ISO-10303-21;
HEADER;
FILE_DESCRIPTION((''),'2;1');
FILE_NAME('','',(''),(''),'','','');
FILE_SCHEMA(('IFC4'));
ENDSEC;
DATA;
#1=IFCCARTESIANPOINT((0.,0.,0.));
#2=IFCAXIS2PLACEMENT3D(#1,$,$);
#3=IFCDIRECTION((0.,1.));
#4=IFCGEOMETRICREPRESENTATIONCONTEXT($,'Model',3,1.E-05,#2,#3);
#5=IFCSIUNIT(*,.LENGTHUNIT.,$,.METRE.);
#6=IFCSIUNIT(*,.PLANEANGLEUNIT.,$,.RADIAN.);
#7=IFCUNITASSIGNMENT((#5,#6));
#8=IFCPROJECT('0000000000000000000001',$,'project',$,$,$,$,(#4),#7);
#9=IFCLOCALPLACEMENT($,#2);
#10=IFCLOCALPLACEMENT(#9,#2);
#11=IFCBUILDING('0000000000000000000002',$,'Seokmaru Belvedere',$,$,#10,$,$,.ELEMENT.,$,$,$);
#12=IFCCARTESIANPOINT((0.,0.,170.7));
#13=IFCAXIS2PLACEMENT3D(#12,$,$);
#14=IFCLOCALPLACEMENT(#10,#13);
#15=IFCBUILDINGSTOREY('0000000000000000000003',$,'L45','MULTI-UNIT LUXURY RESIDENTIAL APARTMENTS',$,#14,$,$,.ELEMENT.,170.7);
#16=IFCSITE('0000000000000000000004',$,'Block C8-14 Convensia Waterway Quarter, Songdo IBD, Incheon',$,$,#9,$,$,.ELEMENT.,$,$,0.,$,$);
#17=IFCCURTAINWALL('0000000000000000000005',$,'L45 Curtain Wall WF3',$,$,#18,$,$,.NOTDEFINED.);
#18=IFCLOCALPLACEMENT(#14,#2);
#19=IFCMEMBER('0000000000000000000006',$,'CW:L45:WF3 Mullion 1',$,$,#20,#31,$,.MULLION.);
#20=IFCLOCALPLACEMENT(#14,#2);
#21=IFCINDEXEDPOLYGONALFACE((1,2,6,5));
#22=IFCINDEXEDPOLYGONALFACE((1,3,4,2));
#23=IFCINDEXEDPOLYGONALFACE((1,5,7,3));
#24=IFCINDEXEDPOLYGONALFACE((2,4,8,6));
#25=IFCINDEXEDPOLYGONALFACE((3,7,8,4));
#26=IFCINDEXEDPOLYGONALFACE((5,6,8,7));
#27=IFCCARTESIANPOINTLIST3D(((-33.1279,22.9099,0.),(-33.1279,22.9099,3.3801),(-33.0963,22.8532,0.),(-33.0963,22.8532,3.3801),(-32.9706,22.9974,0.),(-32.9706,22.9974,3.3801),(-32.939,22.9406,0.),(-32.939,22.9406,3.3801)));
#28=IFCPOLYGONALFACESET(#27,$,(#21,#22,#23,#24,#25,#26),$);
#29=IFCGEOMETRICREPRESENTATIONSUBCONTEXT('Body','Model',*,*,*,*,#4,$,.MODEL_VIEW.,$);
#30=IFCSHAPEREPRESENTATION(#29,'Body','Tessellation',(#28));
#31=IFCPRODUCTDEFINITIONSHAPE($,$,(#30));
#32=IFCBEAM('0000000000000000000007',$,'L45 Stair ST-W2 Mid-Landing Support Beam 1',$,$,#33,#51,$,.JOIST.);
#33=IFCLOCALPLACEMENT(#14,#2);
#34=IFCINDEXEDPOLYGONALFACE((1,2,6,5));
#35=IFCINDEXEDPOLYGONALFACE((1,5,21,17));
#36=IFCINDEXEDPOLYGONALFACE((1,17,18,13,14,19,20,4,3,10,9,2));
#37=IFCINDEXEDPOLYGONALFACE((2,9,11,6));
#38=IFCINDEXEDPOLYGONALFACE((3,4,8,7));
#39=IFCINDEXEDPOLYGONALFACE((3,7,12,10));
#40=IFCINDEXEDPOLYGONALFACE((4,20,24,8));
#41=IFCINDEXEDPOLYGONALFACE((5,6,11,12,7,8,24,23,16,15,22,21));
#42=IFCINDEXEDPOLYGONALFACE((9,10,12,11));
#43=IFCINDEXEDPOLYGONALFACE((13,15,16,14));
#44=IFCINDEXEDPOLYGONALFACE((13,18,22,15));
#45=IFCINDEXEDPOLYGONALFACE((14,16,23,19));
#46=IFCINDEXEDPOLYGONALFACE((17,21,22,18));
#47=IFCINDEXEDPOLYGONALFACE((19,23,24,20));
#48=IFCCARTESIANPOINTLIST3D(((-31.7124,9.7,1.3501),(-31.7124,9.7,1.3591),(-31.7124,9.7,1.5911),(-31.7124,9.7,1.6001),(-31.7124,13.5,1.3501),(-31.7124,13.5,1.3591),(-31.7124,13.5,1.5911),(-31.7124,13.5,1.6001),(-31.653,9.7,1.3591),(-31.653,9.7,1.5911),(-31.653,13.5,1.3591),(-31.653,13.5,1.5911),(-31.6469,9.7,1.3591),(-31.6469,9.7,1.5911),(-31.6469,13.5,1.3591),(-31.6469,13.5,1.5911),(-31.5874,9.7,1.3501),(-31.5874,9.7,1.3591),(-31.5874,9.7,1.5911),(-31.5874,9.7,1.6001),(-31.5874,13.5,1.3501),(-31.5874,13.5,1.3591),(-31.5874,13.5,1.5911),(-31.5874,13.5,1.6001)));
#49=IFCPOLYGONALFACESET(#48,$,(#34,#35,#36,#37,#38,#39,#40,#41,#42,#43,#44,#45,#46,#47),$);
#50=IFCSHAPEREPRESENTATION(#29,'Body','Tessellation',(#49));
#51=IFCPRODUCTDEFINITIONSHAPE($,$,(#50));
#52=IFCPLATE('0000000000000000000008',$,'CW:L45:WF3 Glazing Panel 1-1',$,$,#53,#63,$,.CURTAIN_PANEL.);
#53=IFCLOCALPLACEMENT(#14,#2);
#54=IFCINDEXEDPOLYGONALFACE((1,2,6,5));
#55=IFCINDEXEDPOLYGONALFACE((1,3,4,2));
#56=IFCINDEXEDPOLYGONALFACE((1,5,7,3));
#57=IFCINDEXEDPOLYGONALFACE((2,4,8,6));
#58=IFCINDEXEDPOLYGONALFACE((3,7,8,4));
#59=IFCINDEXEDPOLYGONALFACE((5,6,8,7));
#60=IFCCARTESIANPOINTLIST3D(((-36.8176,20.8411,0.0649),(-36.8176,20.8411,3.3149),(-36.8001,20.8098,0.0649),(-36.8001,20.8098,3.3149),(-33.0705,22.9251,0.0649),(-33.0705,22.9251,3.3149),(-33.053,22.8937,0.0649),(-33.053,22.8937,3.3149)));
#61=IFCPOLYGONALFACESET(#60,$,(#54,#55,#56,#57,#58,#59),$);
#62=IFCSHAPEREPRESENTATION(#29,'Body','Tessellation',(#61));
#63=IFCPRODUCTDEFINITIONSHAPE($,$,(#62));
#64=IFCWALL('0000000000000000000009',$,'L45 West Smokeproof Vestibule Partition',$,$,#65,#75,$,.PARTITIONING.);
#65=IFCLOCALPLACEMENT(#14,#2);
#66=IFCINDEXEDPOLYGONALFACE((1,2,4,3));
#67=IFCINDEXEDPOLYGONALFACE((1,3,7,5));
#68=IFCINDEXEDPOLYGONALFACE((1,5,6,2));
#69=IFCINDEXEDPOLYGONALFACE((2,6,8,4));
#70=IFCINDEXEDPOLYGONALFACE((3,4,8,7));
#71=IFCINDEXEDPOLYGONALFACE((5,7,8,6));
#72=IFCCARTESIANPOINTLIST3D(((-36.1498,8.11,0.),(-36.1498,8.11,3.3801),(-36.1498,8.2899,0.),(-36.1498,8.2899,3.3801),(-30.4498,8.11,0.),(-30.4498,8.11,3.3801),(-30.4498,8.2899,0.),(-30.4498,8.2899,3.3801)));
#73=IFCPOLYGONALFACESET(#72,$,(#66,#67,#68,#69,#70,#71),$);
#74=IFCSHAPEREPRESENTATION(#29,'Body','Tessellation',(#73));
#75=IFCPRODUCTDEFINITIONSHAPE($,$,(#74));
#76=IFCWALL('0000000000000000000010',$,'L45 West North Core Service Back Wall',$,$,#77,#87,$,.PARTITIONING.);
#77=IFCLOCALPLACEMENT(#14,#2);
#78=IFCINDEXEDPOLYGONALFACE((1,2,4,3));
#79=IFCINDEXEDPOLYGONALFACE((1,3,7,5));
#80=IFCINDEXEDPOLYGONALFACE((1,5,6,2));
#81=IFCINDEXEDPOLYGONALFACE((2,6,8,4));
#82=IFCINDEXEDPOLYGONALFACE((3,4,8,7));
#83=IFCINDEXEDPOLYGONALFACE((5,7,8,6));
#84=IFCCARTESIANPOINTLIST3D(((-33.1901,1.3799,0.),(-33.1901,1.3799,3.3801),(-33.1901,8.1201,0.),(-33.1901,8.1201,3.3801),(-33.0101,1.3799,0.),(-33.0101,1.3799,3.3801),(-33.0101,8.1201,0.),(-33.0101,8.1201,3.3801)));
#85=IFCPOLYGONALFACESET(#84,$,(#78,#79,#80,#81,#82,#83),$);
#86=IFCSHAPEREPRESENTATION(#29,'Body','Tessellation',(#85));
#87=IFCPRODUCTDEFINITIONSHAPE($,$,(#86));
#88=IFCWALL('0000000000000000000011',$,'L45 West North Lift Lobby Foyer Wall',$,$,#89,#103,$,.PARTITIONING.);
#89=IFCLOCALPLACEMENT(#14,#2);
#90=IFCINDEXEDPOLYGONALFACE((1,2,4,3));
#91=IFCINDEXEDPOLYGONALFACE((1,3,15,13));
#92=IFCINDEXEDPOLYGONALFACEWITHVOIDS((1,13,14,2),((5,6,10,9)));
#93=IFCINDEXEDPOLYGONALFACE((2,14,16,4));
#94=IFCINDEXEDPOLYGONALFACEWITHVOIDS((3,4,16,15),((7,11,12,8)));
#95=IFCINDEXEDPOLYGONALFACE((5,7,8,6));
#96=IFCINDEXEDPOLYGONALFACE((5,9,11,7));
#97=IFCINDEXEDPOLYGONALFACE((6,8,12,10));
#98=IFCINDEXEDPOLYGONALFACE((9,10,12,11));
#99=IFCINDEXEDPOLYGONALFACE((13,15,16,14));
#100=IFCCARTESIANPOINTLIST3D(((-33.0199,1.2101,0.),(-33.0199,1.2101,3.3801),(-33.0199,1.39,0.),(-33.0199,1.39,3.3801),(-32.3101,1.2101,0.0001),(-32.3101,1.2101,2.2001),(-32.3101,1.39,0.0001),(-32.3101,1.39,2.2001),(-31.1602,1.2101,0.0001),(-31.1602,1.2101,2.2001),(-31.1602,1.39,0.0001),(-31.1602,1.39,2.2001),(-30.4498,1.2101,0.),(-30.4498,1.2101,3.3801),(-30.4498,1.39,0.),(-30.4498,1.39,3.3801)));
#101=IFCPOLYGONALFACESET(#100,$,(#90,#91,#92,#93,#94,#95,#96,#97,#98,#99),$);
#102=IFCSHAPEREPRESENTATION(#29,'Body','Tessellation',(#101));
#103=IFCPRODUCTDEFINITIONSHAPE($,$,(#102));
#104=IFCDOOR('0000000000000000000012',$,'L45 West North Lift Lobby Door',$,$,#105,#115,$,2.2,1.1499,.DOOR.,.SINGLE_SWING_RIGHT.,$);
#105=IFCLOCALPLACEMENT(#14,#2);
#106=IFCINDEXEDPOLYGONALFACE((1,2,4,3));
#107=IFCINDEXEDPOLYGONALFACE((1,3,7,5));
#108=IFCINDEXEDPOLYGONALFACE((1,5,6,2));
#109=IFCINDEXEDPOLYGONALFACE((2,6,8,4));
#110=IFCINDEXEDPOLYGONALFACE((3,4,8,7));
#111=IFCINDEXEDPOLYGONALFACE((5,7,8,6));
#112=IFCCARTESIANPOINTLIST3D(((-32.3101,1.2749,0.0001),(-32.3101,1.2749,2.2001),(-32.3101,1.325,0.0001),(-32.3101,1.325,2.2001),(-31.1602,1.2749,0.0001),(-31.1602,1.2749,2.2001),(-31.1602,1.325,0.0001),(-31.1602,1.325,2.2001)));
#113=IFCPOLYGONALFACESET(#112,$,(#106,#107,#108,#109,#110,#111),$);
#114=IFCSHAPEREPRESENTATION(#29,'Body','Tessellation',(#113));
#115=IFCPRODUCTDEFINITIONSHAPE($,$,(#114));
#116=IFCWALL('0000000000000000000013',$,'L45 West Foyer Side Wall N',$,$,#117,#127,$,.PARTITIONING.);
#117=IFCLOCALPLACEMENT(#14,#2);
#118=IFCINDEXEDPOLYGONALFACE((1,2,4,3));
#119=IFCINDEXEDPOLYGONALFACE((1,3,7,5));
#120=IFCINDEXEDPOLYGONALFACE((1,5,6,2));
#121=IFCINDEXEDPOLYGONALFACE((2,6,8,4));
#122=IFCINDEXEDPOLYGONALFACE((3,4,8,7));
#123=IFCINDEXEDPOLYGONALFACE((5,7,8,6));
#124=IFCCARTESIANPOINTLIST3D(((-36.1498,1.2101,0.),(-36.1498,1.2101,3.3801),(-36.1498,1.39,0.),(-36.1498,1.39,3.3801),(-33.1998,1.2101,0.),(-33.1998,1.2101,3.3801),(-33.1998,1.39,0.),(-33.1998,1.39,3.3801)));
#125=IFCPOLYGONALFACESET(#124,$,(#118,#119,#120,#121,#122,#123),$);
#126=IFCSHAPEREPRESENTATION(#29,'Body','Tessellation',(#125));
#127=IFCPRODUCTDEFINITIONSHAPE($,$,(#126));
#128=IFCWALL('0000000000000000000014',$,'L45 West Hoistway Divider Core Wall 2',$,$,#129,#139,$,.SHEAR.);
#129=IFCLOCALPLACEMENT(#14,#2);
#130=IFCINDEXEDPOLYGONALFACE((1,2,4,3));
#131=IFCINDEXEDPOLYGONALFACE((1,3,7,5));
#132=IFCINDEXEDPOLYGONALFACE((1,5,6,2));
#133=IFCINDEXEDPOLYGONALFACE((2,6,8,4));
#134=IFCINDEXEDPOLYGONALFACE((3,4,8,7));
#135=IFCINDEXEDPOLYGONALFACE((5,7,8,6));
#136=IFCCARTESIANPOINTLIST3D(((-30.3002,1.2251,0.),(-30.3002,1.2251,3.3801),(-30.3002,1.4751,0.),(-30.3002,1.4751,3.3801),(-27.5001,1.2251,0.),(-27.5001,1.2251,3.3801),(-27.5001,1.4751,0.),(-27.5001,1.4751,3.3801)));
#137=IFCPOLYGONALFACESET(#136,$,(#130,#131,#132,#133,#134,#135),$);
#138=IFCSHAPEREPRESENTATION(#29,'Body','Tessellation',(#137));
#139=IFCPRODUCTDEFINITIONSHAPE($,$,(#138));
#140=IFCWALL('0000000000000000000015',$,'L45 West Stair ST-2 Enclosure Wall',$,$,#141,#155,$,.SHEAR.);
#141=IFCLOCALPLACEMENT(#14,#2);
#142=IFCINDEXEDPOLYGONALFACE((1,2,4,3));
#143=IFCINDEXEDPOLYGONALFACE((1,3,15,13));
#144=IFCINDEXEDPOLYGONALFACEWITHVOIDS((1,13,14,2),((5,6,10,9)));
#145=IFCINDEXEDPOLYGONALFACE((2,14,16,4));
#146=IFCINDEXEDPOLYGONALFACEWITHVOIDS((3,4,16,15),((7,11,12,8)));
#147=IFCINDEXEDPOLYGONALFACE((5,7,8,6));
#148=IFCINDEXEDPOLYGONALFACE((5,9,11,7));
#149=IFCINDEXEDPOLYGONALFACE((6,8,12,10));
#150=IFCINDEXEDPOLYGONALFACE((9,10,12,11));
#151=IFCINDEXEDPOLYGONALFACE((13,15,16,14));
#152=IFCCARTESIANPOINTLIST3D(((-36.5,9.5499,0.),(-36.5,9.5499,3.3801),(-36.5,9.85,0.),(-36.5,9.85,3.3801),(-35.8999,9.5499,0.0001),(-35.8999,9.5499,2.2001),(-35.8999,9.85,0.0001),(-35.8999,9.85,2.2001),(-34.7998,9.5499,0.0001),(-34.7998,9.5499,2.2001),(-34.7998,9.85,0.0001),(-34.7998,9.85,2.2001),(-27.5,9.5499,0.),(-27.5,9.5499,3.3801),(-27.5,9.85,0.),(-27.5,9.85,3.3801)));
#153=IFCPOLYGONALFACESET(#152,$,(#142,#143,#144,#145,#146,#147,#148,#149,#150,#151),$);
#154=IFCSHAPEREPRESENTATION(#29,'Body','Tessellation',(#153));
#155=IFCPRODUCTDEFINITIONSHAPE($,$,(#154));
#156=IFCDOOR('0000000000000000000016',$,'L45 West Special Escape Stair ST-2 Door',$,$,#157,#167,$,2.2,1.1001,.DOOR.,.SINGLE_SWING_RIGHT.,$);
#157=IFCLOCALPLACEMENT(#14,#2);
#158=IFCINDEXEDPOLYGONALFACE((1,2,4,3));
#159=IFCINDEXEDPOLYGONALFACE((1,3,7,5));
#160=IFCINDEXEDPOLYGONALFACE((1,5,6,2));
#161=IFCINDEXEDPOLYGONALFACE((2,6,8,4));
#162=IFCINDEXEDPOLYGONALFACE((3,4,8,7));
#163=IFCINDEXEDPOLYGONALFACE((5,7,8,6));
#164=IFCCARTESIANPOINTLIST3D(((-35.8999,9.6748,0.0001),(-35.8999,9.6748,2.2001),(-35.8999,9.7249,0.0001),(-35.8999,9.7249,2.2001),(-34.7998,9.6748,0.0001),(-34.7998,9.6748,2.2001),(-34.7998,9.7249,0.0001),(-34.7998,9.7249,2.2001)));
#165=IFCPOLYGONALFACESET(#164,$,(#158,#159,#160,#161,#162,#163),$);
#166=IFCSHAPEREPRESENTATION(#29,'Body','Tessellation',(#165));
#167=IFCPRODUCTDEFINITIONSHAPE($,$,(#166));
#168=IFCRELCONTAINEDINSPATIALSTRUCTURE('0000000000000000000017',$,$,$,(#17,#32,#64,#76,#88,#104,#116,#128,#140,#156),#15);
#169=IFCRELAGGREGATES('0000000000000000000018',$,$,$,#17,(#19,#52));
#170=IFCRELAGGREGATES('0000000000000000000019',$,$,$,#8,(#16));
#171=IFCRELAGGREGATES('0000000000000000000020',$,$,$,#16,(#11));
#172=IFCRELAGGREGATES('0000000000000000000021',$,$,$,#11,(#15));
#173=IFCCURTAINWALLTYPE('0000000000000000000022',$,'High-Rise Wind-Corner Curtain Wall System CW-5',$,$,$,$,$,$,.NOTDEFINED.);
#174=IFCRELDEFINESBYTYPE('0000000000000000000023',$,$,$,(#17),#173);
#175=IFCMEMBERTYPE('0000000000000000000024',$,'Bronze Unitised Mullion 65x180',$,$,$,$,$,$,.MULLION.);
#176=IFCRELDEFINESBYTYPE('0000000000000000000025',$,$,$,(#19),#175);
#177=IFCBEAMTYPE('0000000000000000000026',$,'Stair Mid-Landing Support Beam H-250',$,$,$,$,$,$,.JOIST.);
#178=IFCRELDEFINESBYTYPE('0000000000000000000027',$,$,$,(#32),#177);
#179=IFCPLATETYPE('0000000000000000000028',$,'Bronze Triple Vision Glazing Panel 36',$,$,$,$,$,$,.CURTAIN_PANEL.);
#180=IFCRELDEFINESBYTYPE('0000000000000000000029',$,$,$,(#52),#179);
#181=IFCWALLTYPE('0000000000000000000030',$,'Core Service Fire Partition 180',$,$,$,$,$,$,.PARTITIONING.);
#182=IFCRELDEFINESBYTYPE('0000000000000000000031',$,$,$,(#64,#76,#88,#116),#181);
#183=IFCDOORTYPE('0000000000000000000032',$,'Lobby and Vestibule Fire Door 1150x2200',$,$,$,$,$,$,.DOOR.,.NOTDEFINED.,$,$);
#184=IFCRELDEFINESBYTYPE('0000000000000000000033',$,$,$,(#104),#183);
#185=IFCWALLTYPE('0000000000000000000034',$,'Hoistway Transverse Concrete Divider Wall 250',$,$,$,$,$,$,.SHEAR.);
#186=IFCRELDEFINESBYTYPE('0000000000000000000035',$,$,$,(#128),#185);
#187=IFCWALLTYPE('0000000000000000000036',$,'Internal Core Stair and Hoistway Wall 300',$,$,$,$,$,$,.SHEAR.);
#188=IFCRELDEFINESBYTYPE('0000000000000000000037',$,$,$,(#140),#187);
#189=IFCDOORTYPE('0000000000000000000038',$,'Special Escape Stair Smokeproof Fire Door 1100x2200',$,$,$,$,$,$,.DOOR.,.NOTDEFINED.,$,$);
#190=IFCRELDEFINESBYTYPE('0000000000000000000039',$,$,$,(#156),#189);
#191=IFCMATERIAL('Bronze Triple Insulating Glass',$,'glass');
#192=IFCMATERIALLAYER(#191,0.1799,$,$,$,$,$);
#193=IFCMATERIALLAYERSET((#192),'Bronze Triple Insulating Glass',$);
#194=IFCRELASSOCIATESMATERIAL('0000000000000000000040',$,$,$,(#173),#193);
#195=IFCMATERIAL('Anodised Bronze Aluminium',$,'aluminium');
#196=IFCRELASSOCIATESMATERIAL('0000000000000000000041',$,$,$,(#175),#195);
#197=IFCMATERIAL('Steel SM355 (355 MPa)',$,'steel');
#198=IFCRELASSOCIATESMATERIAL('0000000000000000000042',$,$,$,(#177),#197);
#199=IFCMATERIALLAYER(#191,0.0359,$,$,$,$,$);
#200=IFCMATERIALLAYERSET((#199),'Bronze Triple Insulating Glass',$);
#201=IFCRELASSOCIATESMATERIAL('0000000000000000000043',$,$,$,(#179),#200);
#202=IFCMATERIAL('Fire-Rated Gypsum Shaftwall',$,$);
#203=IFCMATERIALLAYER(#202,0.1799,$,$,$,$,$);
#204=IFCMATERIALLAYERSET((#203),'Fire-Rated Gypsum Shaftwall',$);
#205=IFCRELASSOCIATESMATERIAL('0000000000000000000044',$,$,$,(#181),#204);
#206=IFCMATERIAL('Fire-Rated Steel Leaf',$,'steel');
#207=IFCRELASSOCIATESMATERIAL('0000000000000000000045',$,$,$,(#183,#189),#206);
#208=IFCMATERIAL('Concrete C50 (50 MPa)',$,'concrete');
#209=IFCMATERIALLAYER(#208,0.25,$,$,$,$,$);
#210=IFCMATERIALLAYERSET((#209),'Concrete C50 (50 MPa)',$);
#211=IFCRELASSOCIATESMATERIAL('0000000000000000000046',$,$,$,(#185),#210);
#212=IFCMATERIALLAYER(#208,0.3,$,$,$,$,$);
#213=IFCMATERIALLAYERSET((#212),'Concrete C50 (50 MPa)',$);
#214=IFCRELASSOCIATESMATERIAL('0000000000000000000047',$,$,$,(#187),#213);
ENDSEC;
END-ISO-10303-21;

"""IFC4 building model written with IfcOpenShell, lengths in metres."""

from ifc_helpers import new_model, si_unit, direction, frame, frame_2d, origin, origin_2d, place, context, subcontext, project, spatial, rectangle, i_section, extrude, source, transform, mapped, material, layer, layer_set, material_profile, profile_set, type_object, type_shapes, element, fill, aggregate, save


model = new_model("IFC4")

# Units and contexts
model_context = context("Model", 3, precision=1e-05, world=origin(), true_north=direction((0.0, 1.0)))
body_context = subcontext(model_context, "Body", "Model", "MODEL_VIEW")
ifc_project = project(units=[si_unit("LENGTHUNIT", "METRE"), si_unit("PLANEANGLEUNIT", "RADIAN")], contexts=[model_context])

# Site, building, storey
site_placement = place(None, origin())
site = spatial("IfcSite", under=ifc_project, at=site_placement, Name="Block C8-14 Convensia Waterway Quarter, Songdo IBD, Incheon", CompositionType="ELEMENT", RefElevation=0.0)
building_placement = place(site_placement, origin())
building = spatial("IfcBuilding", under=site, at=building_placement, Name="Seokmaru Belvedere", CompositionType="ELEMENT")
storey_placement = place(building_placement, frame((0.0, 0.0, 170.7)))
storey = spatial("IfcBuildingStorey", under=building, at=storey_placement, Name="L45", Description="MULTI-UNIT LUXURY RESIDENTIAL APARTMENTS", CompositionType="ELEMENT", Elevation=170.7)

# Shared definitions
ifc_material_1 = material(Name="Steel SM355 (355 MPa)", Category="steel")

# Curtain wall
ifc_material_2 = material(Name="Bronze Triple Insulating Glass", Category="glass")
ifc_layer_1 = layer(ifc_material_2, 0.1799)
ifc_layer_set_1 = layer_set([ifc_layer_1], Name="Bronze Triple Insulating Glass")
curtain_wall_type = type_object("IfcCurtainWallType", Name="High-Rise Wind-Corner Curtain Wall System CW-5", PredefinedType="NOTDEFINED", material=ifc_layer_set_1)
curtain_wall_1_placement = place(storey_placement, origin())
curtain_wall_1 = element("IfcCurtainWall", 1, at=curtain_wall_1_placement, inside=storey, type_object=curtain_wall_type, Name="L45 Curtain Wall WF3", PredefinedType="NOTDEFINED")
ifc_material_3 = material(Name="Anodised Bronze Aluminium", Category="aluminium")

# Shared definitions
ifc_material_profile_1 = material_profile(ifc_material_3, rectangle(XDim=0.0649, YDim=0.1799, at=origin_2d()), Name="CW-M-65x180")
ifc_profile_set_1 = profile_set([ifc_material_profile_1], Name="Anodised Bronze Aluminium")
member_type_1 = type_object("IfcMemberType", Name="Bronze Unitised Mullion 65x180", PredefinedType="MULLION", material=ifc_profile_set_1)
shared_shape_1 = source(origin(), body_context, "Body", "SweptSolid", [
    extrude(rectangle(XDim=0.0649, YDim=0.1799, at=origin_2d()), origin(), (0.0, 0.0, 1.0), 3.3801),
])
type_shapes(member_type_1, [shared_shape_1])

# Member
member_1_placement = place(storey_placement, frame((-33.0334, 22.9253, 0.0), z_axis=(0.0, 0.0, 1.0), x_axis=(0.486047, -0.873933, 0.0)))
member_1 = element("IfcMember", 2, at=member_1_placement, type_object=member_type_1, Name="CW:L45:WF3 Mullion 1", PredefinedType="MULLION", context=body_context, shape_type="MappedRepresentation", body=[
    mapped(shared_shape_1, transform((0.0, 0.0, 0.0), scale=1.0)),
])

# Beam
ifc_material_profile_2 = material_profile(ifc_material_1, i_section(OverallWidth=0.125, OverallDepth=0.25, WebThickness=0.0061, FlangeThickness=0.009, at=origin_2d()), Name="H-250x125x6x9")
ifc_profile_set_2 = profile_set([ifc_material_profile_2], Name="Steel SM355 (355 MPa)")
beam_type_1 = type_object("IfcBeamType", Name="Stair Mid-Landing Support Beam H-250", PredefinedType="JOIST", material=ifc_profile_set_2)
shared_shape_2 = source(origin(), body_context, "Body", "SweptSolid", [
    extrude(i_section(OverallWidth=0.125, OverallDepth=0.25, WebThickness=0.0061, FlangeThickness=0.009, at=origin_2d()), origin(), (0.0, 0.0, 1.0), 3.8),
])
type_shapes(beam_type_1, [shared_shape_2])
beam_1_placement = place(storey_placement, frame((-31.6499, 9.7, 1.4751), z_axis=(0.0, 1.0, 0.0), x_axis=(-1.0, 0.0, 0.0)))
element("IfcBeam", 3, at=beam_1_placement, inside=storey, type_object=beam_type_1, Name="L45 Stair ST-W2 Mid-Landing Support Beam 1", PredefinedType="JOIST", context=body_context, shape_type="MappedRepresentation", body=[
    mapped(shared_shape_2, transform((0.0, 0.0, 0.0), scale=1.0)),
])

# Plate
ifc_layer_2 = layer(ifc_material_2, 0.0359)
ifc_layer_set_2 = layer_set([ifc_layer_2], Name="Bronze Triple Insulating Glass")
plate_type = type_object("IfcPlateType", Name="Bronze Triple Vision Glazing Panel 36", PredefinedType="CURTAIN_PANEL", material=ifc_layer_set_2)
shared_shape_3 = source(origin(), body_context, "Body", "SweptSolid", [
    extrude(rectangle(XDim=4.2876, YDim=0.0359, at=origin_2d()), origin(), (0.0, 0.0, 1.0), 3.25),
])
type_shapes(plate_type, [shared_shape_3])
plate_placement = place(storey_placement, frame((-34.9353, 21.8674, 0.0649), z_axis=(0.0, 0.0, 1.0), x_axis=(-0.873933, -0.486047, 0.0)))
plate = element("IfcPlate", 4, at=plate_placement, type_object=plate_type, Name="CW:L45:WF3 Glazing Panel 1-1", PredefinedType="CURTAIN_PANEL", context=body_context, shape_type="MappedRepresentation", body=[
    mapped(shared_shape_3, transform((0.0, 0.0, 0.0), scale=1.0)),
])
aggregate(curtain_wall_1, [member_1, plate])

# Walls
ifc_material_4 = material(Name="Fire-Rated Gypsum Shaftwall")
ifc_layer_3 = layer(ifc_material_4, 0.1799)
ifc_layer_set_3 = layer_set([ifc_layer_3], Name="Fire-Rated Gypsum Shaftwall")
wall_type_1 = type_object("IfcWallType", Name="Core Service Fire Partition 180", PredefinedType="PARTITIONING", material=ifc_layer_set_3)
wall_1_placement = place(storey_placement, frame((-36.1499, 8.2, 0.0), z_axis=(0.0, 0.0, 1.0), x_axis=(1.0, 0.0, 0.0)))
element("IfcWall", 5, at=wall_1_placement, inside=storey, type_object=wall_type_1, Name="L45 West Smokeproof Vestibule Partition", PredefinedType="PARTITIONING", context=body_context, shape_type="SweptSolid", body=[
    extrude(rectangle(XDim=5.7, YDim=0.1799, at=frame_2d((2.8501, 0.0))), origin(), (0.0, 0.0, 1.0), 3.3801),
])
wall_2_placement = place(storey_placement, frame((-33.1001, 1.3799, 0.0), z_axis=(0.0, 0.0, 1.0), x_axis=(0.0, 1.0, 0.0)))
element("IfcWall", 6, at=wall_2_placement, inside=storey, type_object=wall_type_1, Name="L45 West North Core Service Back Wall", PredefinedType="PARTITIONING", context=body_context, shape_type="SweptSolid", body=[
    extrude(rectangle(XDim=6.7402, YDim=0.1799, at=frame_2d((3.3701, 0.0))), origin(), (0.0, 0.0, 1.0), 3.3801),
])

# Wall, opening, door
wall_3_placement = place(storey_placement, frame((-33.02, 1.3, 0.0), z_axis=(0.0, 0.0, 1.0), x_axis=(1.0, 0.0, 0.0)))
wall_3 = element("IfcWall", 7, at=wall_3_placement, inside=storey, type_object=wall_type_1, Name="L45 West North Lift Lobby Foyer Wall", PredefinedType="PARTITIONING", context=body_context, shape_type="SweptSolid", body=[
    extrude(rectangle(XDim=2.5701, YDim=0.1799, at=frame_2d((1.2852, 0.0))), origin(), (0.0, 0.0, 1.0), 3.3801),
])
opening_1_placement = place(wall_3_placement, frame((0.71, 0.0, 0.0)))
opening_1 = element("IfcOpeningElement", 8, at=opening_1_placement, cuts=wall_3, PredefinedType="OPENING", context=body_context, shape_type="SweptSolid", body=[
    extrude(rectangle(XDim=1.1499, YDim=2.2, at=frame_2d((0.575, 1.1001))), frame((0.0, 0.1001, 0.0), z_axis=(0.0, -1.0, 0.0), x_axis=(1.0, 0.0, 0.0)), (0.0, 0.0, 1.0), 0.2),
])
ifc_material_5 = material(Name="Fire-Rated Steel Leaf", Category="steel")
door_type_1 = type_object("IfcDoorType", Name="Lobby and Vestibule Fire Door 1150x2200", OperationType="NOTDEFINED", PredefinedType="DOOR", material=ifc_material_5)
shared_shape_4 = source(origin(), body_context, "Body", "SweptSolid", [
    extrude(rectangle(XDim=1.1499, YDim=2.2, at=frame_2d((0.575, 1.1001))), frame((0.0, 0.0249, 0.0), z_axis=(0.0, -1.0, 0.0), x_axis=(1.0, 0.0, 0.0)), (0.0, 0.0, 1.0), 0.05),
])
type_shapes(door_type_1, [shared_shape_4])
door_1_placement = place(opening_1_placement, origin())
door_1 = element("IfcDoor", 9, at=door_1_placement, inside=storey, type_object=door_type_1, Name="L45 West North Lift Lobby Door", OperationType="SINGLE_SWING_RIGHT", OverallHeight=2.2, OverallWidth=1.1499, PredefinedType="DOOR", context=body_context, shape_type="MappedRepresentation", body=[
    mapped(shared_shape_4, transform((0.0, 0.0, 0.0), scale=1.0)),
])
fill(opening_1, door_1)

# Walls
wall_4_placement = place(storey_placement, frame((-36.1499, 1.3, 0.0), z_axis=(0.0, 0.0, 1.0), x_axis=(1.0, 0.0, 0.0)))
element("IfcWall", 10, at=wall_4_placement, inside=storey, type_object=wall_type_1, Name="L45 West Foyer Side Wall N", PredefinedType="PARTITIONING", context=body_context, shape_type="SweptSolid", body=[
    extrude(rectangle(XDim=2.95, YDim=0.1799, at=frame_2d((1.4751, 0.0))), origin(), (0.0, 0.0, 1.0), 3.3801),
])
ifc_material_6 = material(Name="Concrete C50 (50 MPa)", Category="concrete")
ifc_layer_4 = layer(ifc_material_6, 0.25)
ifc_layer_set_4 = layer_set([ifc_layer_4], Name="Concrete C50 (50 MPa)")
wall_type_2 = type_object("IfcWallType", Name="Hoistway Transverse Concrete Divider Wall 250", PredefinedType="SHEAR", material=ifc_layer_set_4)
wall_5_placement = place(storey_placement, frame((-30.3, 1.3501, 0.0), z_axis=(0.0, 0.0, 1.0), x_axis=(1.0, 0.0, 0.0)))
element("IfcWall", 11, at=wall_5_placement, inside=storey, type_object=wall_type_2, Name="L45 West Hoistway Divider Core Wall 2", PredefinedType="SHEAR", context=body_context, shape_type="SweptSolid", body=[
    extrude(rectangle(XDim=2.8, YDim=0.25, at=frame_2d((1.3999, 0.0))), origin(), (0.0, 0.0, 1.0), 3.3801),
])

# Wall, opening, door
ifc_layer_5 = layer(ifc_material_6, 0.3)
ifc_layer_set_5 = layer_set([ifc_layer_5], Name="Concrete C50 (50 MPa)")
wall_type_3 = type_object("IfcWallType", Name="Internal Core Stair and Hoistway Wall 300", PredefinedType="SHEAR", material=ifc_layer_set_5)
wall_6_placement = place(storey_placement, frame((-36.5, 9.7, 0.0), z_axis=(0.0, 0.0, 1.0), x_axis=(1.0, 0.0, 0.0)))
wall_6 = element("IfcWall", 12, at=wall_6_placement, inside=storey, type_object=wall_type_3, Name="L45 West Stair ST-2 Enclosure Wall", PredefinedType="SHEAR", context=body_context, shape_type="SweptSolid", body=[
    extrude(rectangle(XDim=9.0, YDim=0.3, at=frame_2d((4.5, 0.0))), origin(), (0.0, 0.0, 1.0), 3.3801),
])
opening_2_placement = place(wall_6_placement, frame((0.6001, 0.0, 0.0)))
opening_2 = element("IfcOpeningElement", 13, at=opening_2_placement, cuts=wall_6, PredefinedType="OPENING", context=body_context, shape_type="SweptSolid", body=[
    extrude(rectangle(XDim=1.1001, YDim=2.2, at=frame_2d((0.55, 1.1001))), frame((0.0, 0.1602, 0.0), z_axis=(0.0, -1.0, 0.0), x_axis=(1.0, 0.0, 0.0)), (0.0, 0.0, 1.0), 0.3201),
])
door_type_2 = type_object("IfcDoorType", Name="Special Escape Stair Smokeproof Fire Door 1100x2200", OperationType="NOTDEFINED", PredefinedType="DOOR", material=ifc_material_5)
shared_shape_5 = source(origin(), body_context, "Body", "SweptSolid", [
    extrude(rectangle(XDim=1.1001, YDim=2.2, at=frame_2d((0.55, 1.1001))), frame((0.0, 0.0249, 0.0), z_axis=(0.0, -1.0, 0.0), x_axis=(1.0, 0.0, 0.0)), (0.0, 0.0, 1.0), 0.05),
])
type_shapes(door_type_2, [shared_shape_5])
door_2_placement = place(opening_2_placement, origin())
door_2 = element("IfcDoor", 14, at=door_2_placement, inside=storey, type_object=door_type_2, Name="L45 West Special Escape Stair ST-2 Door", OperationType="SINGLE_SWING_RIGHT", OverallHeight=2.2, OverallWidth=1.1001, PredefinedType="DOOR", context=body_context, shape_type="MappedRepresentation", body=[
    mapped(shared_shape_5, transform((0.0, 0.0, 0.0), scale=1.0)),
])
fill(opening_2, door_2)

save(model, "model.ifc")
